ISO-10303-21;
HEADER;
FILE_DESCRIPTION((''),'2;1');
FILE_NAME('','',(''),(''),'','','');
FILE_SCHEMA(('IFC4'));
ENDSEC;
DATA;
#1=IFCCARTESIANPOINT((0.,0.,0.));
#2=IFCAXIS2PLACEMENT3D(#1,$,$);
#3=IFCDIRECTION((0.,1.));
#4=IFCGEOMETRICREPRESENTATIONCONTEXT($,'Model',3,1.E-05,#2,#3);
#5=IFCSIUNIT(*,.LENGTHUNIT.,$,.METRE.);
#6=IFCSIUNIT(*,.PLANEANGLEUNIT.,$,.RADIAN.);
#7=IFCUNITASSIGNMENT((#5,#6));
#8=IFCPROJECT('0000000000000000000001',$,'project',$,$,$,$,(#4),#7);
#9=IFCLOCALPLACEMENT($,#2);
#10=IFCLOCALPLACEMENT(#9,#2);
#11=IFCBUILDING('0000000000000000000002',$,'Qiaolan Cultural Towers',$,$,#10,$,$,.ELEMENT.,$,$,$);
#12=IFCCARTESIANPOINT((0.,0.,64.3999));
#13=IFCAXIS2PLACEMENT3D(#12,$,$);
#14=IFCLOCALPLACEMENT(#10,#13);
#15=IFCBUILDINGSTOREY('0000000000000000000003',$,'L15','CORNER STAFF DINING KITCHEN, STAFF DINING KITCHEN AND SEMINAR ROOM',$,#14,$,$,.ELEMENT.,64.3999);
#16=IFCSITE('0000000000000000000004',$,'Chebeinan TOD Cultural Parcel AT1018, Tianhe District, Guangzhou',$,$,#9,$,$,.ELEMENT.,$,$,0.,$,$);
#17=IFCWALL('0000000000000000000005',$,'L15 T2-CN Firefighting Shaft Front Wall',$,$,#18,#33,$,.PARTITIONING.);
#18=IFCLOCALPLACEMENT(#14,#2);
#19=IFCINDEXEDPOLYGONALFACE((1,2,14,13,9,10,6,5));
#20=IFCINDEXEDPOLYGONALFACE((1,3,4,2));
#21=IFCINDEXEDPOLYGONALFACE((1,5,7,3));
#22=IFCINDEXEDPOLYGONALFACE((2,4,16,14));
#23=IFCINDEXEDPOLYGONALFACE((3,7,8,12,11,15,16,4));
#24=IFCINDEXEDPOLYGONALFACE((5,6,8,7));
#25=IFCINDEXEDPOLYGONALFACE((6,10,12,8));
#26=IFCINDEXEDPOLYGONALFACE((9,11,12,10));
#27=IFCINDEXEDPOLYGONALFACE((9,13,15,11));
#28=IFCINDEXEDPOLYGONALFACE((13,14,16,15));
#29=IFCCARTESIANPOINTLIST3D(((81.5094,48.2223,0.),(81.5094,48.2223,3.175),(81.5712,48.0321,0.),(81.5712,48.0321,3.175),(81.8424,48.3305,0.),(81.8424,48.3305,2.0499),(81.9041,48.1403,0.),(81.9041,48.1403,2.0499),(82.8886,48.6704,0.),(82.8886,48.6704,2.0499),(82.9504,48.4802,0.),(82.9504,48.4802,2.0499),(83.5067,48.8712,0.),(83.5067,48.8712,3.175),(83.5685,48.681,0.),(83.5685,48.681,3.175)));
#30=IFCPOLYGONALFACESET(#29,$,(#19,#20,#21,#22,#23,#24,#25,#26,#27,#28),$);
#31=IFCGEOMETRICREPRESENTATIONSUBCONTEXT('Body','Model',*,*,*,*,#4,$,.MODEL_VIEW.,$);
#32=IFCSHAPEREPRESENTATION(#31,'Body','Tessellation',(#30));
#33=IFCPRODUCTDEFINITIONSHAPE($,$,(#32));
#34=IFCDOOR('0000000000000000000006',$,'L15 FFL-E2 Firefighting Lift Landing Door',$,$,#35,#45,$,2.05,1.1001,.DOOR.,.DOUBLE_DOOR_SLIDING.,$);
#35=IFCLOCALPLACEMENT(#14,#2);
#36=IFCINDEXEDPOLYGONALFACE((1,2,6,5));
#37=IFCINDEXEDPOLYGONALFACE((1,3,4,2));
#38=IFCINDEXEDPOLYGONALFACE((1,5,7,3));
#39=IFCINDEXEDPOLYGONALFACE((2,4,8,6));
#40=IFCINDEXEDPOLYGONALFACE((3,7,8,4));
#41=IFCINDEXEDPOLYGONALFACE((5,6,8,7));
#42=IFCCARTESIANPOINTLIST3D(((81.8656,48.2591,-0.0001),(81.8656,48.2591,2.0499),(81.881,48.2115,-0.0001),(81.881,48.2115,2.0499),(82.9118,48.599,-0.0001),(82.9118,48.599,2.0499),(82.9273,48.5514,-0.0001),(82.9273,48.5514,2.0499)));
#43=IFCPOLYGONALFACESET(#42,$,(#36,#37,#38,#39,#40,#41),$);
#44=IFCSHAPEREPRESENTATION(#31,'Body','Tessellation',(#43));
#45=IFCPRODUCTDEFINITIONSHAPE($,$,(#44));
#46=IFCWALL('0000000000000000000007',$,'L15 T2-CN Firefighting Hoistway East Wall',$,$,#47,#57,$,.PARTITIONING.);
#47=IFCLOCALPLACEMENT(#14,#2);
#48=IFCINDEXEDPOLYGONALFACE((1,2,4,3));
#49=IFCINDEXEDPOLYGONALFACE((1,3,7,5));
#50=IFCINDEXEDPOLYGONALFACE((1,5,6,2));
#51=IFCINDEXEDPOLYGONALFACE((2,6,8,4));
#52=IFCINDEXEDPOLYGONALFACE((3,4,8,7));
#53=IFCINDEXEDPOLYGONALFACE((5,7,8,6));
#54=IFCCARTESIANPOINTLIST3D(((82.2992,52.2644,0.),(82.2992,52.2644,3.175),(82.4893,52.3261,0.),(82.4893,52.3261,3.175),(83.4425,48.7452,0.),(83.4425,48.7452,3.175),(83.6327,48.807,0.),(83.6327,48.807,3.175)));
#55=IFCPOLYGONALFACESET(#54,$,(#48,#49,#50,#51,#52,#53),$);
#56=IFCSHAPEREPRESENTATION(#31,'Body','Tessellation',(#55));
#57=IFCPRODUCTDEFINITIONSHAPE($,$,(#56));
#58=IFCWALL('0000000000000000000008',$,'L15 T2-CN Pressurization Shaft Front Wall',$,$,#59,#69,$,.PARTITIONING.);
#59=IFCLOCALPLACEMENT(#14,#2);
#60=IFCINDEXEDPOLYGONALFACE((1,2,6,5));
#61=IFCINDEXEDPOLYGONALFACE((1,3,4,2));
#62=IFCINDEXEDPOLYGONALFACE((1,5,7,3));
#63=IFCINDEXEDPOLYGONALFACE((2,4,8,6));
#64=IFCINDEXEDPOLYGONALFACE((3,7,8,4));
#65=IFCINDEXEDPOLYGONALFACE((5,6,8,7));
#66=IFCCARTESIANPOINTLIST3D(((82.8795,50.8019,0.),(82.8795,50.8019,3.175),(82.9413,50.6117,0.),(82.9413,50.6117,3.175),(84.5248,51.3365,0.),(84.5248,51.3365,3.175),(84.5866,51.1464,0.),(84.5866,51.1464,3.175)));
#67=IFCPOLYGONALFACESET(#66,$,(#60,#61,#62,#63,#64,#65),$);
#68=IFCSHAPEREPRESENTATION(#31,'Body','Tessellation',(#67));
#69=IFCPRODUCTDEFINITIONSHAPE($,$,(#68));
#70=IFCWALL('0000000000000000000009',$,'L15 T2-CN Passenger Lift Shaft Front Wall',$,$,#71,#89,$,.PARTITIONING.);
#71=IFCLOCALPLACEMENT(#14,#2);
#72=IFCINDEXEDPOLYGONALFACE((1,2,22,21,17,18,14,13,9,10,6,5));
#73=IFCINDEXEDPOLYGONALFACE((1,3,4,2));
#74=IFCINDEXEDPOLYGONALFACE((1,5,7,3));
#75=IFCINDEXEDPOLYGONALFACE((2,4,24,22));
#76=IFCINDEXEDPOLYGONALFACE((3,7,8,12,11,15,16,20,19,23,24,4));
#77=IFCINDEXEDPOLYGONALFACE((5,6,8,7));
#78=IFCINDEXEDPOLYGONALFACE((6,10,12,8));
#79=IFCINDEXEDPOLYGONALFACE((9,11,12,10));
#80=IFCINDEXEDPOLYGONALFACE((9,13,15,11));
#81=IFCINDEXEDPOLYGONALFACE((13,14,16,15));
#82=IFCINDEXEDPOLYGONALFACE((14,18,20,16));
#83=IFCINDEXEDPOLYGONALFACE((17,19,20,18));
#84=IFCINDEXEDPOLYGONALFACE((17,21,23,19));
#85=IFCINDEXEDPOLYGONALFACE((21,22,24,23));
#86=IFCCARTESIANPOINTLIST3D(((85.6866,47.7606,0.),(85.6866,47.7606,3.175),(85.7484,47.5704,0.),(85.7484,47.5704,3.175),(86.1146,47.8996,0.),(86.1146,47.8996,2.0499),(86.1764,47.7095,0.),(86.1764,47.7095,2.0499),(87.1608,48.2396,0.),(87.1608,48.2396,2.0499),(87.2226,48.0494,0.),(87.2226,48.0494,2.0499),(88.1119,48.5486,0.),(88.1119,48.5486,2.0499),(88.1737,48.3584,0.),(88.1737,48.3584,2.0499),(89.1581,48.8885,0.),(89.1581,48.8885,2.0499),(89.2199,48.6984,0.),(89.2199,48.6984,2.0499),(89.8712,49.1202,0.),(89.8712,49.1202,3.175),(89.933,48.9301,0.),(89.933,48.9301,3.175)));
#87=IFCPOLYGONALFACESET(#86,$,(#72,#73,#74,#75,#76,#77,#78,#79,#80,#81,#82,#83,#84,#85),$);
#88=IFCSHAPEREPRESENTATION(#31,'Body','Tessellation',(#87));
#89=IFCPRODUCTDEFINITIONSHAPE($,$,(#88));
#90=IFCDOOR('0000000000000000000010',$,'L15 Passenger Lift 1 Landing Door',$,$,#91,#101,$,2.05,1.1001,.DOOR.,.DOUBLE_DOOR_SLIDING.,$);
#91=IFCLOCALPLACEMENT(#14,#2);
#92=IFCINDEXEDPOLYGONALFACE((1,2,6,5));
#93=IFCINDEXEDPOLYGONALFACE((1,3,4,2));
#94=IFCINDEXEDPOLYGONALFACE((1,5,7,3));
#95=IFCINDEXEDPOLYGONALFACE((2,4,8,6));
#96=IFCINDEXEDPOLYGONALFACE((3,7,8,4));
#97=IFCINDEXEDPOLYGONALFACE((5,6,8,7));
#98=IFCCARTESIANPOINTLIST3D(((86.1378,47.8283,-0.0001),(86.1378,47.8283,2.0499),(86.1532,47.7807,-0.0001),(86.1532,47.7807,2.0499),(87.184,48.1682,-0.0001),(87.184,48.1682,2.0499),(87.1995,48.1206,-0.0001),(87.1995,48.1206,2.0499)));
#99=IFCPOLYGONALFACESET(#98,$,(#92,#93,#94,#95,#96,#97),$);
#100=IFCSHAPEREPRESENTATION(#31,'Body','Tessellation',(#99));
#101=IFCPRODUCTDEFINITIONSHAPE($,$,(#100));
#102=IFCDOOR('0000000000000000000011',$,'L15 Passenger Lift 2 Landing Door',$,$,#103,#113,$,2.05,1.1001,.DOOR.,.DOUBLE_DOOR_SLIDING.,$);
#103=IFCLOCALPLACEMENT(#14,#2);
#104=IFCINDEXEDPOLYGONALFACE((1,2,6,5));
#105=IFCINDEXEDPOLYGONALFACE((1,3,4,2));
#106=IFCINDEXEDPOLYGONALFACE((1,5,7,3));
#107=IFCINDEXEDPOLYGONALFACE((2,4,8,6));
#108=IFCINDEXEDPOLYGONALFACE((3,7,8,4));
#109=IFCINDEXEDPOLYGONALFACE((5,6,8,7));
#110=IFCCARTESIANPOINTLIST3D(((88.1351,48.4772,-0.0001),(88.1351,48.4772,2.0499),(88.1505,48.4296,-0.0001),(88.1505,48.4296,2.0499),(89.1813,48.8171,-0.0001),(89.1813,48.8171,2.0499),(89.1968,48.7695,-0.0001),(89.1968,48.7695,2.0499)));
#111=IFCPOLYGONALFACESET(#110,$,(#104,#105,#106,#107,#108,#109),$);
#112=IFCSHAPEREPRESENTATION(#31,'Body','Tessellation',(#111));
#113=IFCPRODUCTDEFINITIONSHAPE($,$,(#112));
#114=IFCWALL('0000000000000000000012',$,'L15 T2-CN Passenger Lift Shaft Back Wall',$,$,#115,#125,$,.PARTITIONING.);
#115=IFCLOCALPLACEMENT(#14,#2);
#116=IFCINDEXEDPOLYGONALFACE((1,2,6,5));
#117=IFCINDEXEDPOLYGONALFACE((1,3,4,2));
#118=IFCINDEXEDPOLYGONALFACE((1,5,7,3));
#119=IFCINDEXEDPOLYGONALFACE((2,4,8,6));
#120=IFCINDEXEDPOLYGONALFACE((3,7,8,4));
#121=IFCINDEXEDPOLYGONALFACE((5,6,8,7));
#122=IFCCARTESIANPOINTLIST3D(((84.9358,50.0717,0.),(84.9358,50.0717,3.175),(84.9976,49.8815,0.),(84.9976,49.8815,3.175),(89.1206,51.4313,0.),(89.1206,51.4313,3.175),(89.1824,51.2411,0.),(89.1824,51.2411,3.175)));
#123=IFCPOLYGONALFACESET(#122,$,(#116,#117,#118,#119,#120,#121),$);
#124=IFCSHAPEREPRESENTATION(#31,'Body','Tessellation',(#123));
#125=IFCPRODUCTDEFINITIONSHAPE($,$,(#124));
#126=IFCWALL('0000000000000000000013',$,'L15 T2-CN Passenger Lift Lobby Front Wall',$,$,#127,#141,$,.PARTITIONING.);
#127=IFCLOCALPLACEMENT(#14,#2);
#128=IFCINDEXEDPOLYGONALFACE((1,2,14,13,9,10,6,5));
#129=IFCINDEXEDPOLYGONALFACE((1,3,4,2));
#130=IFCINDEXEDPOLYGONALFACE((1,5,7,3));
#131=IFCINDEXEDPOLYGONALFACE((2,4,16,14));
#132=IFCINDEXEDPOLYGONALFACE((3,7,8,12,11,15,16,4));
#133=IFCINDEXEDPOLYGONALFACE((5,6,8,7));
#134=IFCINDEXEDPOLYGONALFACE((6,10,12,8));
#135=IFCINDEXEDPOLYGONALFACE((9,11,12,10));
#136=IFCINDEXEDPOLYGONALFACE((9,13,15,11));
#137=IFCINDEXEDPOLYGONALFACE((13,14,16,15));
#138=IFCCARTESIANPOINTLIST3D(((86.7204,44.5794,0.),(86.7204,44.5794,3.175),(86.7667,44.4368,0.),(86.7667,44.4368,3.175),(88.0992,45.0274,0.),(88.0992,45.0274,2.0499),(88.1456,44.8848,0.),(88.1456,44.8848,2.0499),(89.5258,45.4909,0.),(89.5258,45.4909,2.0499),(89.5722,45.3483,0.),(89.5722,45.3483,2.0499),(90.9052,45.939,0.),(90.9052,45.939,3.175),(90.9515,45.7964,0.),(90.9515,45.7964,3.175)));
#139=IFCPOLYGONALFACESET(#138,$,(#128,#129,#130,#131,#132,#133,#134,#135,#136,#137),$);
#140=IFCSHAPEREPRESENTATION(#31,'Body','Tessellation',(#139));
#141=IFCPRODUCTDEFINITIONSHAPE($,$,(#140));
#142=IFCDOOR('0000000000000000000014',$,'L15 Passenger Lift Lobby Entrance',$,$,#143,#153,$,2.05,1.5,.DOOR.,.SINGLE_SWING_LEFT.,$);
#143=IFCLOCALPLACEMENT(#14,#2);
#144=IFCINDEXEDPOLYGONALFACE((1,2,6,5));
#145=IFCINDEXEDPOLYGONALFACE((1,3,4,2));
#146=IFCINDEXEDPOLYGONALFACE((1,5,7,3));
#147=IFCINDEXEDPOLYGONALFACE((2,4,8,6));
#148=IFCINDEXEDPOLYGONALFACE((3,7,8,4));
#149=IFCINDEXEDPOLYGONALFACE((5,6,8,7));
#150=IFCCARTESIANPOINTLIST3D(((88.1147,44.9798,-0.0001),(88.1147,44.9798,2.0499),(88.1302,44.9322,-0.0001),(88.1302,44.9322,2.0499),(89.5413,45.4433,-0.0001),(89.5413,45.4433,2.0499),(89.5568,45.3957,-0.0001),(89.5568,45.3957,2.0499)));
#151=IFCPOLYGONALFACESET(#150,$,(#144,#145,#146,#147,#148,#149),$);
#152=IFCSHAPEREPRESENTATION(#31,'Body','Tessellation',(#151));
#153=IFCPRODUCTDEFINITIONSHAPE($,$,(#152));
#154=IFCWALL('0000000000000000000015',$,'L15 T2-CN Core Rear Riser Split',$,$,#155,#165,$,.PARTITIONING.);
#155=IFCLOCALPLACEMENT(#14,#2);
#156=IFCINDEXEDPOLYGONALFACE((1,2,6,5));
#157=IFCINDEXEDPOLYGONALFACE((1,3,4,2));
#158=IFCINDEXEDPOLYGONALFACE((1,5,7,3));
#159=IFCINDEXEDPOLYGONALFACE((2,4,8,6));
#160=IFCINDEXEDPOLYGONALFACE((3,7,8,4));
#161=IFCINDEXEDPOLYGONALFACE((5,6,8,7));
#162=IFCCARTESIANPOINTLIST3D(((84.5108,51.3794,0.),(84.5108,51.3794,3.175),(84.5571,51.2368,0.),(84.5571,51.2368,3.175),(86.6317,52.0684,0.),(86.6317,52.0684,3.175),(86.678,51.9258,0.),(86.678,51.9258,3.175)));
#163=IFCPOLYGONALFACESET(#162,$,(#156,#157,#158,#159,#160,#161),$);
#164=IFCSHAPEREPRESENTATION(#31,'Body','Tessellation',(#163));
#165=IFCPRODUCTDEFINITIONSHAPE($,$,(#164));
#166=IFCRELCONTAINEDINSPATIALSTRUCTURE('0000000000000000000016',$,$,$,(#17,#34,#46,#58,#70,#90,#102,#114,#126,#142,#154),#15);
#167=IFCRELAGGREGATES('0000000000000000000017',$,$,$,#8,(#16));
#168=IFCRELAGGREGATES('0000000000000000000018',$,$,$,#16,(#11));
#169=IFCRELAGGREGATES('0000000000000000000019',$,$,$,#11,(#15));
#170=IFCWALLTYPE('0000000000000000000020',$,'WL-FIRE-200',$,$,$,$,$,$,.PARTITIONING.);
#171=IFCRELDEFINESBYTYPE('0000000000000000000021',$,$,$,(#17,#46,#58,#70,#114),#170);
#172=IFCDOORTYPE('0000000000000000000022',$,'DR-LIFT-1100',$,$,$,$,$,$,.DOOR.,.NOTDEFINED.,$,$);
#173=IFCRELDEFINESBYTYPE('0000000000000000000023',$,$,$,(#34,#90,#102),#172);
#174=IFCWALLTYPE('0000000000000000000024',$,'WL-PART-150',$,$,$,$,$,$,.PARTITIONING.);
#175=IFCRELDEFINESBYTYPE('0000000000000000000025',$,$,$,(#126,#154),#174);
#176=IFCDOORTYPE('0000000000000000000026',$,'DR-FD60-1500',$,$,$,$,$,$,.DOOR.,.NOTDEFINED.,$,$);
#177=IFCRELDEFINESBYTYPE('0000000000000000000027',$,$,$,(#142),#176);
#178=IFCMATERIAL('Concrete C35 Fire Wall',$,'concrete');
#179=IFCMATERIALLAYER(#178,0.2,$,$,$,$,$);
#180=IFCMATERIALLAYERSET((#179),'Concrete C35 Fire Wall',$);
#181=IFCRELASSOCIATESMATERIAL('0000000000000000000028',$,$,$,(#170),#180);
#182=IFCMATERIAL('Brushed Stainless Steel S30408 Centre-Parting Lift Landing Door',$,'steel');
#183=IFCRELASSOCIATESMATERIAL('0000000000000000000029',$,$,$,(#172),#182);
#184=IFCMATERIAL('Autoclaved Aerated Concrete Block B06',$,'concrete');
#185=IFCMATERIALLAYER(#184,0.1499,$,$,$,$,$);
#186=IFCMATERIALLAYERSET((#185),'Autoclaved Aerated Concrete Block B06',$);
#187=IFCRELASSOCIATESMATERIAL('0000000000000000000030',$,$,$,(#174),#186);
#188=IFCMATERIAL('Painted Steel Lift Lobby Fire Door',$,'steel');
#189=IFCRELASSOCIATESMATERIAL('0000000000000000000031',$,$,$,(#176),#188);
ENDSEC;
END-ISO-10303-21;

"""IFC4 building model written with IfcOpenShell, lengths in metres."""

from ifc_helpers import new_model, si_unit, direction, frame, frame_2d, origin, place, context, subcontext, project, spatial, rectangle, extrude, material, layer, layer_set, type_object, element, fill, save


model = new_model("IFC4")

# Units and contexts
model_context = context("Model", 3, precision=1e-05, world=origin(), true_north=direction((0.0, 1.0)))
body_context = subcontext(model_context, "Body", "Model", "MODEL_VIEW")
ifc_project = project(units=[si_unit("LENGTHUNIT", "METRE"), si_unit("PLANEANGLEUNIT", "RADIAN")], contexts=[model_context])

# Site, building, storey
site_placement = place(None, origin())
site = spatial("IfcSite", under=ifc_project, at=site_placement, Name="Chebeinan TOD Cultural Parcel AT1018, Tianhe District, Guangzhou", CompositionType="ELEMENT", RefElevation=0.0)
building_placement = place(site_placement, origin())
building = spatial("IfcBuilding", under=site, at=building_placement, Name="Qiaolan Cultural Towers", CompositionType="ELEMENT")
storey_placement = place(building_placement, frame((0.0, 0.0, 64.3999)))
storey = spatial("IfcBuildingStorey", under=building, at=storey_placement, Name="L15", Description="CORNER STAFF DINING KITCHEN, STAFF DINING KITCHEN AND SEMINAR ROOM", CompositionType="ELEMENT", Elevation=64.3999)

# Shared definitions
ifc_material_1 = material(Name="Concrete C35 Fire Wall", Category="concrete")
ifc_layer_1 = layer(ifc_material_1, 0.2)
ifc_layer_set_1 = layer_set([ifc_layer_1], Name="Concrete C35 Fire Wall")
wall_type_1 = type_object("IfcWallType", Name="WL-FIRE-200", PredefinedType="PARTITIONING", material=ifc_layer_set_1)

# Wall, opening, door
wall_1_placement = place(storey_placement, frame((81.5403, 48.1272, 0.0), z_axis=(0.0, 0.0, 1.0), x_axis=(0.951062, 0.308999, 0.0)))
wall_1 = element("IfcWall", 1, at=wall_1_placement, inside=storey, type_object=wall_type_1, Name="L15 T2-CN Firefighting Shaft Front Wall", PredefinedType="PARTITIONING", context=body_context, shape_type="SweptSolid", body=[
    extrude(rectangle(XDim=2.1001, YDim=0.2, at=frame_2d((1.05, 0.0))), origin(), (0.0, 0.0, 1.0), 3.175),
])
opening_1_placement = place(wall_1_placement, frame((0.3501, 0.0, 0.0)))
opening_1 = element("IfcOpeningElement", 2, at=opening_1_placement, cuts=wall_1, PredefinedType="OPENING", context=body_context, shape_type="SweptSolid", body=[
    extrude(rectangle(XDim=1.1001, YDim=2.05, at=frame_2d((0.55, 1.0249))), frame((0.0, 0.1099, 0.0), z_axis=(0.0, -1.0, 0.0), x_axis=(1.0, 0.0, 0.0)), (0.0, 0.0, 1.0), 0.22),
])
ifc_material_2 = material(Name="Brushed Stainless Steel S30408 Centre-Parting Lift Landing Door", Category="steel")
door_type_1 = type_object("IfcDoorType", Name="DR-LIFT-1100", OperationType="NOTDEFINED", PredefinedType="DOOR", material=ifc_material_2)
door_1_placement = place(opening_1_placement, origin())
door_1 = element("IfcDoor", 3, at=door_1_placement, inside=storey, type_object=door_type_1, Name="L15 FFL-E2 Firefighting Lift Landing Door", OperationType="DOUBLE_DOOR_SLIDING", OverallHeight=2.05, OverallWidth=1.1001, PredefinedType="DOOR", context=body_context, shape_type="SweptSolid", body=[
    extrude(rectangle(XDim=1.1001, YDim=2.05, at=frame_2d((0.55, 1.0249))), frame((0.0, 0.0249, 0.0), z_axis=(0.0, -1.0, 0.0), x_axis=(1.0, 0.0, 0.0)), (0.0, 0.0, 1.0), 0.05),
])
fill(opening_1, door_1)

# Walls
wall_2_placement = place(storey_placement, frame((83.5376, 48.7761, 0.0), z_axis=(0.0, 0.0, 1.0), x_axis=(-0.308994, 0.951064, 0.0)))
element("IfcWall", 4, at=wall_2_placement, inside=storey, type_object=wall_type_1, Name="L15 T2-CN Firefighting Hoistway East Wall", PredefinedType="PARTITIONING", context=body_context, shape_type="SweptSolid", body=[
    extrude(rectangle(XDim=3.7002, YDim=0.2, at=frame_2d((1.8501, 0.0))), origin(), (0.0, 0.0, 1.0), 3.175),
])
wall_3_placement = place(storey_placement, frame((82.9104, 50.7068, 0.0), z_axis=(0.0, 0.0, 1.0), x_axis=(0.951041, 0.309064, 0.0)))
element("IfcWall", 5, at=wall_3_placement, inside=storey, type_object=wall_type_1, Name="L15 T2-CN Pressurization Shaft Front Wall", PredefinedType="PARTITIONING", context=body_context, shape_type="SweptSolid", body=[
    extrude(rectangle(XDim=1.73, YDim=0.2, at=frame_2d((0.865, 0.0))), origin(), (0.0, 0.0, 1.0), 3.175),
])

# Wall, openings, doors
wall_4_placement = place(storey_placement, frame((85.7175, 47.6655, 0.0), z_axis=(0.0, 0.0, 1.0), x_axis=(0.951059, 0.309011, 0.0)))
wall_4 = element("IfcWall", 6, at=wall_4_placement, inside=storey, type_object=wall_type_1, Name="L15 T2-CN Passenger Lift Shaft Front Wall", PredefinedType="PARTITIONING", context=body_context, shape_type="SweptSolid", body=[
    extrude(rectangle(XDim=4.3999, YDim=0.2, at=frame_2d((2.2, 0.0))), origin(), (0.0, 0.0, 1.0), 3.175),
])
opening_2_placement = place(wall_4_placement, frame((0.45, 0.0, 0.0)))
opening_2 = element("IfcOpeningElement", 7, at=opening_2_placement, cuts=wall_4, PredefinedType="OPENING", context=body_context, shape_type="SweptSolid", body=[
    extrude(rectangle(XDim=1.1001, YDim=2.05, at=frame_2d((0.55, 1.0249))), frame((0.0, 0.1099, 0.0), z_axis=(0.0, -1.0, 0.0), x_axis=(1.0, 0.0, 0.0)), (0.0, 0.0, 1.0), 0.22),
])
opening_3_placement = place(wall_4_placement, frame((2.55, 0.0, 0.0)))
opening_3 = element("IfcOpeningElement", 8, at=opening_3_placement, cuts=wall_4, PredefinedType="OPENING", context=body_context, shape_type="SweptSolid", body=[
    extrude(rectangle(XDim=1.1001, YDim=2.05, at=frame_2d((0.55, 1.0249))), frame((0.0, 0.1099, 0.0), z_axis=(0.0, -1.0, 0.0), x_axis=(1.0, 0.0, 0.0)), (0.0, 0.0, 1.0), 0.22),
])
door_2_placement = place(opening_2_placement, origin())
door_2 = element("IfcDoor", 9, at=door_2_placement, inside=storey, type_object=door_type_1, Name="L15 Passenger Lift 1 Landing Door", OperationType="DOUBLE_DOOR_SLIDING", OverallHeight=2.05, OverallWidth=1.1001, PredefinedType="DOOR", context=body_context, shape_type="SweptSolid", body=[
    extrude(rectangle(XDim=1.1001, YDim=2.05, at=frame_2d((0.55, 1.0249))), frame((0.0, 0.0249, 0.0), z_axis=(0.0, -1.0, 0.0), x_axis=(1.0, 0.0, 0.0)), (0.0, 0.0, 1.0), 0.05),
])
fill(opening_2, door_2)
door_3_placement = place(opening_3_placement, origin())
door_3 = element("IfcDoor", 10, at=door_3_placement, inside=storey, type_object=door_type_1, Name="L15 Passenger Lift 2 Landing Door", OperationType="DOUBLE_DOOR_SLIDING", OverallHeight=2.05, OverallWidth=1.1001, PredefinedType="DOOR", context=body_context, shape_type="SweptSolid", body=[
    extrude(rectangle(XDim=1.1001, YDim=2.05, at=frame_2d((0.55, 1.0249))), frame((0.0, 0.0249, 0.0), z_axis=(0.0, -1.0, 0.0), x_axis=(1.0, 0.0, 0.0)), (0.0, 0.0, 1.0), 0.05),
])
fill(opening_3, door_3)

# Wall
wall_5_placement = place(storey_placement, frame((84.9666, 49.9766, 0.0), z_axis=(0.0, 0.0, 1.0), x_axis=(0.951064, 0.308994, 0.0)))
element("IfcWall", 11, at=wall_5_placement, inside=storey, type_object=wall_type_1, Name="L15 T2-CN Passenger Lift Shaft Back Wall", PredefinedType="PARTITIONING", context=body_context, shape_type="SweptSolid", body=[
    extrude(rectangle(XDim=4.4001, YDim=0.2, at=frame_2d((2.2002, 0.0))), origin(), (0.0, 0.0, 1.0), 3.175),
])

# Wall, opening, door
ifc_material_3 = material(Name="Autoclaved Aerated Concrete Block B06", Category="concrete")
ifc_layer_2 = layer(ifc_material_3, 0.1499)
ifc_layer_set_2 = layer_set([ifc_layer_2], Name="Autoclaved Aerated Concrete Block B06")
wall_type_2 = type_object("IfcWallType", Name="WL-PART-150", PredefinedType="PARTITIONING", material=ifc_layer_set_2)
wall_6_placement = place(storey_placement, frame((86.7434, 44.5081, 0.0), z_axis=(0.0, 0.0, 1.0), x_axis=(0.951064, 0.308994, 0.0)))
wall_6 = element("IfcWall", 12, at=wall_6_placement, inside=storey, type_object=wall_type_2, Name="L15 T2-CN Passenger Lift Lobby Front Wall", PredefinedType="PARTITIONING", context=body_context, shape_type="SweptSolid", body=[
    extrude(rectangle(XDim=4.4001, YDim=0.1499, at=frame_2d((2.2002, 0.0))), origin(), (0.0, 0.0, 1.0), 3.175),
])
opening_4_placement = place(wall_6_placement, frame((1.45, 0.0, 0.0)))
opening_4 = element("IfcOpeningElement", 13, at=opening_4_placement, cuts=wall_6, PredefinedType="OPENING", context=body_context, shape_type="SweptSolid", body=[
    extrude(rectangle(XDim=1.5, YDim=2.05, at=frame_2d((0.75, 1.0249))), frame((0.0, 0.085, 0.0), z_axis=(0.0, -1.0, 0.0), x_axis=(1.0, 0.0, 0.0)), (0.0, 0.0, 1.0), 0.1699),
])
ifc_material_4 = material(Name="Painted Steel Lift Lobby Fire Door", Category="steel")
door_type_2 = type_object("IfcDoorType", Name="DR-FD60-1500", OperationType="NOTDEFINED", PredefinedType="DOOR", material=ifc_material_4)
door_4_placement = place(opening_4_placement, origin())
door_4 = element("IfcDoor", 14, at=door_4_placement, inside=storey, type_object=door_type_2, Name="L15 Passenger Lift Lobby Entrance", OperationType="SINGLE_SWING_LEFT", OverallHeight=2.05, OverallWidth=1.5, PredefinedType="DOOR", context=body_context, shape_type="SweptSolid", body=[
    extrude(rectangle(XDim=1.5, YDim=2.05, at=frame_2d((0.75, 1.0249))), frame((0.0, 0.0249, 0.0), z_axis=(0.0, -1.0, 0.0), x_axis=(1.0, 0.0, 0.0)), (0.0, 0.0, 1.0), 0.05),
])
fill(opening_4, door_4)

# Wall
wall_7_placement = place(storey_placement, frame((84.5339, 51.3081, 0.0), z_axis=(0.0, 0.0, 1.0), x_axis=(0.951075, 0.30896, 0.0)))
element("IfcWall", 15, at=wall_7_placement, inside=storey, type_object=wall_type_2, Name="L15 T2-CN Core Rear Riser Split", PredefinedType="PARTITIONING", context=body_context, shape_type="SweptSolid", body=[
    extrude(rectangle(XDim=2.23, YDim=0.1499, at=frame_2d((1.115, 0.0))), origin(), (0.0, 0.0, 1.0), 3.175),
])

save(model, "model.ifc")
